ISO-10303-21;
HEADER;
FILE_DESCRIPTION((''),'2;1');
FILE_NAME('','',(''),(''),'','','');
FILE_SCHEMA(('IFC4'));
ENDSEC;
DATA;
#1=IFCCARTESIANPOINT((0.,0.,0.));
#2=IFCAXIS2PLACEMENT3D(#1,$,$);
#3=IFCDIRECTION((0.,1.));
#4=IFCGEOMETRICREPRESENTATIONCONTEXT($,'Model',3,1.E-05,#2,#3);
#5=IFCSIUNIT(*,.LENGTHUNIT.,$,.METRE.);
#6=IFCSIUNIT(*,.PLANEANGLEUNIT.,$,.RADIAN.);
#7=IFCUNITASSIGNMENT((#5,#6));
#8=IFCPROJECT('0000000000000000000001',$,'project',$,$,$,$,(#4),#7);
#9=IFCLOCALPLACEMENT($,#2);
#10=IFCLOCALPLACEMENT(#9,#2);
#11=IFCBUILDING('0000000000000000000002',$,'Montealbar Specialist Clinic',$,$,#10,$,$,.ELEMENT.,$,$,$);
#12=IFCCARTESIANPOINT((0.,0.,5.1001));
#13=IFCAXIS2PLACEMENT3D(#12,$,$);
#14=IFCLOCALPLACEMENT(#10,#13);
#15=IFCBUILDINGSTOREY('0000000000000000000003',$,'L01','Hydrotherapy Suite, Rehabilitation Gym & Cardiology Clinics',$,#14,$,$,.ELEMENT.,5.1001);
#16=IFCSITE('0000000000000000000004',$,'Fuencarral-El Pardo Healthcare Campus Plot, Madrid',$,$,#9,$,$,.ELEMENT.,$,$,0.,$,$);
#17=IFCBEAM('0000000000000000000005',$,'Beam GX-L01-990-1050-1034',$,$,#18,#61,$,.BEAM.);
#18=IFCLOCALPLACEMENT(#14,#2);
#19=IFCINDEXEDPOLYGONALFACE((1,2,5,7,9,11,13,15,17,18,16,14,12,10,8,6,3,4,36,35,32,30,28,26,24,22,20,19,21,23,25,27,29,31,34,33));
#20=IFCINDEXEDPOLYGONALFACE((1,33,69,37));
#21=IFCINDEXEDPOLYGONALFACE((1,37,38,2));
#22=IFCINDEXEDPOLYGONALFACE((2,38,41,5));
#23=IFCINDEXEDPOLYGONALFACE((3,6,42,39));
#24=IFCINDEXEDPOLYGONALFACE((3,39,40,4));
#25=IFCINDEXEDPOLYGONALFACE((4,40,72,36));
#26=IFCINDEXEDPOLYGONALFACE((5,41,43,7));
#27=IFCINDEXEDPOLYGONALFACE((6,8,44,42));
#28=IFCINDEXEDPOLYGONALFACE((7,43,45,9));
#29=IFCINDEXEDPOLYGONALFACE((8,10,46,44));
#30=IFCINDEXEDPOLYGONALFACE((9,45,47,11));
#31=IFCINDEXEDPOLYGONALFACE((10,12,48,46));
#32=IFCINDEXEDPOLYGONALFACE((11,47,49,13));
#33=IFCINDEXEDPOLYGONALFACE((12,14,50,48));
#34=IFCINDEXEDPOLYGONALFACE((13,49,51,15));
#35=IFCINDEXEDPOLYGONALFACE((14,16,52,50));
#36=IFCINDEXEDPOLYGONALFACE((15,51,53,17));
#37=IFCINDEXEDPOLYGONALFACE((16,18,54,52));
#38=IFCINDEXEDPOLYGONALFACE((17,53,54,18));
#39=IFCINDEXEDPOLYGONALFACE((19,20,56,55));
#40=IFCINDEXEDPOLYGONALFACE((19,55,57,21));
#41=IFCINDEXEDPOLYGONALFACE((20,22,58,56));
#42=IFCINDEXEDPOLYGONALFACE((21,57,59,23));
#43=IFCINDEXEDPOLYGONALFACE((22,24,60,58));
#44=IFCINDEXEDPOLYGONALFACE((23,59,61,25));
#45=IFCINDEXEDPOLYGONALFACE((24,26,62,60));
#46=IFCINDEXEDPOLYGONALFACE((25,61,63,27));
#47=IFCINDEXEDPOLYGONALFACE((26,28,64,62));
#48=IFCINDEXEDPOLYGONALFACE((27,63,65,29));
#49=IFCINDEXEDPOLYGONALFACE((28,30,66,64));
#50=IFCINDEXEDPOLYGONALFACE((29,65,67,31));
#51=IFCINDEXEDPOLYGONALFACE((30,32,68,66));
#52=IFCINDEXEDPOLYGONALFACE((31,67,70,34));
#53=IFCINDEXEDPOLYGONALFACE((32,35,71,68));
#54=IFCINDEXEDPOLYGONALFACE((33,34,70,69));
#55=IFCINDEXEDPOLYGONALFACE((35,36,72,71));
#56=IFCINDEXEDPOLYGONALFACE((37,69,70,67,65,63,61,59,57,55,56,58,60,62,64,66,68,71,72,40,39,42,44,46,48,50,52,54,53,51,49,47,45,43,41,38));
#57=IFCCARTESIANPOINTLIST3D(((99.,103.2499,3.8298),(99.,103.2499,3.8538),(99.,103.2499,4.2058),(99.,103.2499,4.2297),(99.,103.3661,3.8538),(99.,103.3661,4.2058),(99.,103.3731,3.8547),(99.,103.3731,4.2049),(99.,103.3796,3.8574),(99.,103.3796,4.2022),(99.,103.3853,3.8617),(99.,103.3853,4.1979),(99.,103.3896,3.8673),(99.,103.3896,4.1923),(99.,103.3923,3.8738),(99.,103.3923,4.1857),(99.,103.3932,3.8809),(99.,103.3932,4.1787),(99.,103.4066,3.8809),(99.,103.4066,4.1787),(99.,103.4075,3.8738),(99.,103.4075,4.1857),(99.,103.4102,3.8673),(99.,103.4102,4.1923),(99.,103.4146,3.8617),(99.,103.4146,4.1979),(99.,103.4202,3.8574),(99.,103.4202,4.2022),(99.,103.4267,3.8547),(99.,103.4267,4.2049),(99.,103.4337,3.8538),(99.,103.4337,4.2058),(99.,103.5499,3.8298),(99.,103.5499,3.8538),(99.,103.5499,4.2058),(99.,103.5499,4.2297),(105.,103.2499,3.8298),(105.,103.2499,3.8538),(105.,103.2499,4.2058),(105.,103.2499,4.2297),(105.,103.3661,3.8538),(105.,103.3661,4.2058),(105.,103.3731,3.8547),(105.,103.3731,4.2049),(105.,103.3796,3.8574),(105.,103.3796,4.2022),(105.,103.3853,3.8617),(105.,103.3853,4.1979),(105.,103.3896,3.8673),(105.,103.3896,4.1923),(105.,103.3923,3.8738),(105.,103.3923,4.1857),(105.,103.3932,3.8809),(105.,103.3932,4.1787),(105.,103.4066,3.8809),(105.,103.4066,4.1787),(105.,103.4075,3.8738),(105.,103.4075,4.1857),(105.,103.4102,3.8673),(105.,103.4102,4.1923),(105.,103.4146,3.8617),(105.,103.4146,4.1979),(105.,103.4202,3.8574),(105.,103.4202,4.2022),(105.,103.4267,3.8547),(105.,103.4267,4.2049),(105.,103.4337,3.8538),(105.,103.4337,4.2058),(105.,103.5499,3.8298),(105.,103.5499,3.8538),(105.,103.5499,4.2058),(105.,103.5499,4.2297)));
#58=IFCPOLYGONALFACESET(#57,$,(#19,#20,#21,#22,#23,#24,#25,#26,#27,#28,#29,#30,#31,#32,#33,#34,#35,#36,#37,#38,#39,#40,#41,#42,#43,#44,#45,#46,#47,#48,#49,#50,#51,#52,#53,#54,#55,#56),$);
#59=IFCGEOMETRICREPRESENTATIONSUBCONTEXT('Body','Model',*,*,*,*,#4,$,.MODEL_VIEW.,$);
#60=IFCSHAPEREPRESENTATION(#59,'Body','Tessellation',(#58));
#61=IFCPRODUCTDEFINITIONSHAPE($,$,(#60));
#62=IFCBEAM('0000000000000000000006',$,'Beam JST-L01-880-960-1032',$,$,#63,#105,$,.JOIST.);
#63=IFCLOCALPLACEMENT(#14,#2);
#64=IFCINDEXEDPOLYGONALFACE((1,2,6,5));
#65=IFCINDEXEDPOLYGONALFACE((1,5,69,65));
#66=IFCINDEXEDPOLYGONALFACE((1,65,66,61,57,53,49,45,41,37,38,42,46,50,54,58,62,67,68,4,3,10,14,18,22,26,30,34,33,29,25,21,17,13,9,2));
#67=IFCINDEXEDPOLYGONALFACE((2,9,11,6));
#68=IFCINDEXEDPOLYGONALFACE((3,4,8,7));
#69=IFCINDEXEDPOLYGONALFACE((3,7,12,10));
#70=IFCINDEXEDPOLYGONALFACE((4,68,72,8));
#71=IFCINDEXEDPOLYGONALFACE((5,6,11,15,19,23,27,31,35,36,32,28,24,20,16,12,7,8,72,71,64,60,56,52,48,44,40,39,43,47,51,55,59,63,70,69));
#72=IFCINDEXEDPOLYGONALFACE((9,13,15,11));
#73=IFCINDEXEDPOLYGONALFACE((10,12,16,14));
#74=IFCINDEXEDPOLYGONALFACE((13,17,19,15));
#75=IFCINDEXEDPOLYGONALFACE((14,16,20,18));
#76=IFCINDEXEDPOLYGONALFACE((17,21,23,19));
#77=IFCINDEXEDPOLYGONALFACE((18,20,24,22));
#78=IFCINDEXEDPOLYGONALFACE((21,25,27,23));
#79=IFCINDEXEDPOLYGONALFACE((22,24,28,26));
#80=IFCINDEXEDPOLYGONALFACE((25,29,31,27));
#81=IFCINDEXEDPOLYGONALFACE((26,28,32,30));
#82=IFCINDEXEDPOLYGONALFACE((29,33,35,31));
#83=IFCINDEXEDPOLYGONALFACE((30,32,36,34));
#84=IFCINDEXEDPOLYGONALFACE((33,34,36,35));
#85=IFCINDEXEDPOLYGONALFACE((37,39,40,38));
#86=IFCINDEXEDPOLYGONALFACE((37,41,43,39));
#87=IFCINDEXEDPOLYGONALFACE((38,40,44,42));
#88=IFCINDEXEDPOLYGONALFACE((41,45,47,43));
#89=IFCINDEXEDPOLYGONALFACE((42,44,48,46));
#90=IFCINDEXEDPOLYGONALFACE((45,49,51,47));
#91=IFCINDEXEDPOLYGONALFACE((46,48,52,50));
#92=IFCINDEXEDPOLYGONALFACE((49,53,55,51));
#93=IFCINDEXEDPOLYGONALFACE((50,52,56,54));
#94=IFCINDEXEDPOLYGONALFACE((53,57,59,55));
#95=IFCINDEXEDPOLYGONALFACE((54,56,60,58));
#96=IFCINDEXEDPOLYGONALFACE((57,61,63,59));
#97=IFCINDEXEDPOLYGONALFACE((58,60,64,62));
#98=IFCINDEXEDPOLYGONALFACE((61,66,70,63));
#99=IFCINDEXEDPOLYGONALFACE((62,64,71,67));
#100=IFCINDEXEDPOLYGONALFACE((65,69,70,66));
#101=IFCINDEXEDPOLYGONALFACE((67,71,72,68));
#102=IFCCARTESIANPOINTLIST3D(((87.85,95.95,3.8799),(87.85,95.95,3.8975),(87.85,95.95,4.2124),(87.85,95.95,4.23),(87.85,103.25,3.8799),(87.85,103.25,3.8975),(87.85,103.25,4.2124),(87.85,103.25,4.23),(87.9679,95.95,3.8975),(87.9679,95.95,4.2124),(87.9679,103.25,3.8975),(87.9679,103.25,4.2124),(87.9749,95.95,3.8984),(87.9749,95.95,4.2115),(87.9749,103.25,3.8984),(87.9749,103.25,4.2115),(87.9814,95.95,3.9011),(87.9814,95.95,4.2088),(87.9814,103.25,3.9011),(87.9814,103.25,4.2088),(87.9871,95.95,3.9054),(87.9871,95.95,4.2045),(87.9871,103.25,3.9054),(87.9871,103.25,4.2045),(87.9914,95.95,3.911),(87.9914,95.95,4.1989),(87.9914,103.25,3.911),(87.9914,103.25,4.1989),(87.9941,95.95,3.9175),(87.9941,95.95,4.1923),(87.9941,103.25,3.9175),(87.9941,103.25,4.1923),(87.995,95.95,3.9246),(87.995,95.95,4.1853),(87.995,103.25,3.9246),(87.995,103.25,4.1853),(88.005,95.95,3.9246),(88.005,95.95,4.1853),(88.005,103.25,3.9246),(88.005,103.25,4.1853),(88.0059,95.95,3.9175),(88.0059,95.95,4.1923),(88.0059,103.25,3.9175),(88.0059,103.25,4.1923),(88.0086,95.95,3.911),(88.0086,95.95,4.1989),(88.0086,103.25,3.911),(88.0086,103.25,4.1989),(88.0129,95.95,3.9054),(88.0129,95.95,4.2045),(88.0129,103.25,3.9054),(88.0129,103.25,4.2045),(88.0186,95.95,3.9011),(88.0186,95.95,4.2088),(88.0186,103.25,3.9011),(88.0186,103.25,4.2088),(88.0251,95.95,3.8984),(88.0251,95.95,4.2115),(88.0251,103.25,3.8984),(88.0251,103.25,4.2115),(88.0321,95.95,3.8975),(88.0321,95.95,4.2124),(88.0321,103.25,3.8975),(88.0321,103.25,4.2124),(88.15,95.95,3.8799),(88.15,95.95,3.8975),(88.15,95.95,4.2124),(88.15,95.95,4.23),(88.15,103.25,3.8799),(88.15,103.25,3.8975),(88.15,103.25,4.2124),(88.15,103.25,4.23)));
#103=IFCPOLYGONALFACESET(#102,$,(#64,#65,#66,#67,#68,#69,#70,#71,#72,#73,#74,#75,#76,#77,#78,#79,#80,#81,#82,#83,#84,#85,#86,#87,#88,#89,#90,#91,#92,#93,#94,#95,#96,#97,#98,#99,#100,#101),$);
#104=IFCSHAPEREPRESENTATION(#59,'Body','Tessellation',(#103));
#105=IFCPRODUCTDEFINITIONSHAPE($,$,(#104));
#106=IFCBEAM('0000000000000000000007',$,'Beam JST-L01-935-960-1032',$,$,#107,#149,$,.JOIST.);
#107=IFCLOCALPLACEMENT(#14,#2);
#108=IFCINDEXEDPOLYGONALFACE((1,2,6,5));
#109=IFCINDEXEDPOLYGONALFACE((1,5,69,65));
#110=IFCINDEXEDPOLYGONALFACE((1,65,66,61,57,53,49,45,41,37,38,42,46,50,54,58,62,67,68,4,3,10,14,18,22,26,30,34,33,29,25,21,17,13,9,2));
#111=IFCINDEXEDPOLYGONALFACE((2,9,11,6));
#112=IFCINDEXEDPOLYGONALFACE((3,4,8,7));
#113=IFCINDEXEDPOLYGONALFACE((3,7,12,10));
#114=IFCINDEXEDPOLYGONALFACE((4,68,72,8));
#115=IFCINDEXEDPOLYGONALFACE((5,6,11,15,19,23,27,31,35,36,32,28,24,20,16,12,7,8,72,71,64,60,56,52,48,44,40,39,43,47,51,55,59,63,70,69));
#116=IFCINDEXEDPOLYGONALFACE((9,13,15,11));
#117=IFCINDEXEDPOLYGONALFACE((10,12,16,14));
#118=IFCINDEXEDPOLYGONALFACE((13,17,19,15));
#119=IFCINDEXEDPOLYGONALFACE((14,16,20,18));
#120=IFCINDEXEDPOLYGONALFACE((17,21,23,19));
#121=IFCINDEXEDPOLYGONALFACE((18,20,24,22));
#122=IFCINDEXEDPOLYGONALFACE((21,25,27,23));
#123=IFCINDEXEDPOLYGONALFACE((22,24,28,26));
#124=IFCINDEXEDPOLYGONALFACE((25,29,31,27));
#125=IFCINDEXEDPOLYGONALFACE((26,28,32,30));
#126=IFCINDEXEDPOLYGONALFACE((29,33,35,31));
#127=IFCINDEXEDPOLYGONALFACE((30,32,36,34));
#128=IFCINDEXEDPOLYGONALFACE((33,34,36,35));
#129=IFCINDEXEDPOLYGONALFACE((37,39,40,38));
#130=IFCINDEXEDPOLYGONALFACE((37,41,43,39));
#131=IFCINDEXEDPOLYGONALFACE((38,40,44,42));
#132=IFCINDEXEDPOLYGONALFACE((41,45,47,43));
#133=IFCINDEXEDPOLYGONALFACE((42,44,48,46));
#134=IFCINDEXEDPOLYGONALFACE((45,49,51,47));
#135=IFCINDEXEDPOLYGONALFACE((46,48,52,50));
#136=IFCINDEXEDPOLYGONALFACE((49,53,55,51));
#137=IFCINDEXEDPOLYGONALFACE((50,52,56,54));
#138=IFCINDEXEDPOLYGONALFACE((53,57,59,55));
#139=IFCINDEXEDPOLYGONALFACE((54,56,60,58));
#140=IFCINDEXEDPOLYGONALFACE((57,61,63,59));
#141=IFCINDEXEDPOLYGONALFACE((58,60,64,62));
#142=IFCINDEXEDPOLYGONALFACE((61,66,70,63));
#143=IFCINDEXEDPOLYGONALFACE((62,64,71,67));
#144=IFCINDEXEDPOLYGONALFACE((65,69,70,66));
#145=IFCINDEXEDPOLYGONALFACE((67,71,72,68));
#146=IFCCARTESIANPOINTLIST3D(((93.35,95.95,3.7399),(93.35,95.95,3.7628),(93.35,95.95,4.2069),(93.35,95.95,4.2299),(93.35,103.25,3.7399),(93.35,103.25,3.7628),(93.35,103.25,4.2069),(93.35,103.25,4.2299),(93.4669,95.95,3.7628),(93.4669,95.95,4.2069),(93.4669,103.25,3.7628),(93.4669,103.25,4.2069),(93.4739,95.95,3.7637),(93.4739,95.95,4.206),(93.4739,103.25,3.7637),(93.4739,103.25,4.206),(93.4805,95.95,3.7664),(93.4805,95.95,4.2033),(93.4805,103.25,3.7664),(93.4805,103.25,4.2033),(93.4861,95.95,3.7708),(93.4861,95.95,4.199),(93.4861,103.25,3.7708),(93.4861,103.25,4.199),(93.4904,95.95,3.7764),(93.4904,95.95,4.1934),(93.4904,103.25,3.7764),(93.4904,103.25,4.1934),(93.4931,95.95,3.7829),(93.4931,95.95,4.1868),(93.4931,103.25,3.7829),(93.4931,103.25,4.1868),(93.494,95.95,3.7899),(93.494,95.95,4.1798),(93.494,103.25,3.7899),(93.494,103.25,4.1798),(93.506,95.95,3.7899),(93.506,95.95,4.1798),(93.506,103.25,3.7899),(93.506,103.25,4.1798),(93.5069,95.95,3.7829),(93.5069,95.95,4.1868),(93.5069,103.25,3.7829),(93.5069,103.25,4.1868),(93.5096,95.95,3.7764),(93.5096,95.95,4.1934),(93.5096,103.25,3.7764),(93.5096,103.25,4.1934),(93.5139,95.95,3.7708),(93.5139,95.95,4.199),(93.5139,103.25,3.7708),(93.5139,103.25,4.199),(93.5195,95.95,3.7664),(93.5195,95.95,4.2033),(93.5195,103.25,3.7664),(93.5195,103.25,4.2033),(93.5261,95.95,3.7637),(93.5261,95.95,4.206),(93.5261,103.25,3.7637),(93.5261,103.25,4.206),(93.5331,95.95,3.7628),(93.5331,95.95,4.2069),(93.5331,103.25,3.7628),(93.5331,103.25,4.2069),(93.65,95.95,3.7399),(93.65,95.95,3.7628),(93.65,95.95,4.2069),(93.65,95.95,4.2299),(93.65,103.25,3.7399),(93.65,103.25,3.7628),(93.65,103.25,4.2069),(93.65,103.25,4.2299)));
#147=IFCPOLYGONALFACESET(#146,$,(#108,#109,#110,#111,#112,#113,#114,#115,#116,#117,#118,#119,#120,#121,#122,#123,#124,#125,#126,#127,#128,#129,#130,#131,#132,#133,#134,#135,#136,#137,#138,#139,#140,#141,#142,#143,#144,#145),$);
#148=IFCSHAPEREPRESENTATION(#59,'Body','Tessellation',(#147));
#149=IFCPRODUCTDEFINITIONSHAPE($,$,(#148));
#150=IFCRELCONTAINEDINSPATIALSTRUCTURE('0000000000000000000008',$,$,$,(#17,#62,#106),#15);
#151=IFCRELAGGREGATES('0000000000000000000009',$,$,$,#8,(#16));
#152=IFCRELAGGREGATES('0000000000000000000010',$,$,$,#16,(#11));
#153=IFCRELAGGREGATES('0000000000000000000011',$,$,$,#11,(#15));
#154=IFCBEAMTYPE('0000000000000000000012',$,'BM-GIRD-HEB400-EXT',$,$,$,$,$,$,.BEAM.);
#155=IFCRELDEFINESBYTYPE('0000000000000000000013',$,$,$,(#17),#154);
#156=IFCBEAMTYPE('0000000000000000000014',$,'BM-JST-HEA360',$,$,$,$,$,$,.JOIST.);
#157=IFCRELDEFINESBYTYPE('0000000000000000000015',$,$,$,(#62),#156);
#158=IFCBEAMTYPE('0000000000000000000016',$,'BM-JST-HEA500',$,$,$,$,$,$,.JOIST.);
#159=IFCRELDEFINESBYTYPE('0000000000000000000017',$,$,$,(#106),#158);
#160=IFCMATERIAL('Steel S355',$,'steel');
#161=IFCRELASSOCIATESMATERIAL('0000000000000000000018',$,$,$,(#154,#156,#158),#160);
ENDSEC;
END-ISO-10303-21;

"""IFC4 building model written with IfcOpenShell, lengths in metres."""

from ifc_helpers import new_model, si_unit, direction, frame, origin, origin_2d, place, context, subcontext, project, spatial, i_section, extrude, material, material_profile, profile_set, type_object, element, save


model = new_model("IFC4")

# Units and contexts
model_context = context("Model", 3, precision=1e-05, world=origin(), true_north=direction((0.0, 1.0)))
body_context = subcontext(model_context, "Body", "Model", "MODEL_VIEW")
ifc_project = project(units=[si_unit("LENGTHUNIT", "METRE"), si_unit("PLANEANGLEUNIT", "RADIAN")], contexts=[model_context])

# Site, building, storey
site_placement = place(None, origin())
site = spatial("IfcSite", under=ifc_project, at=site_placement, Name="Fuencarral-El Pardo Healthcare Campus Plot, Madrid", CompositionType="ELEMENT", RefElevation=0.0)
building_placement = place(site_placement, origin())
building = spatial("IfcBuilding", under=site, at=building_placement, Name="Montealbar Specialist Clinic", CompositionType="ELEMENT")
storey_placement = place(building_placement, frame((0.0, 0.0, 5.1001)))
storey = spatial("IfcBuildingStorey", under=building, at=storey_placement, Name="L01", Description="Hydrotherapy Suite, Rehabilitation Gym & Cardiology Clinics", CompositionType="ELEMENT", Elevation=5.1001)

# Shared definitions
ifc_material_1 = material(Name="Steel S355", Category="steel")

# Beams
ifc_material_profile_1 = material_profile(ifc_material_1, i_section(OverallWidth=0.3, OverallDepth=0.3999, WebThickness=0.0134, FlangeThickness=0.0239, FilletRadius=0.0271, at=origin_2d()), Name="HEB 400", Category="steel")
ifc_profile_set_1 = profile_set([ifc_material_profile_1], Name="Steel S355")
beam_type_1 = type_object("IfcBeamType", Name="BM-GIRD-HEB400-EXT", PredefinedType="BEAM", material=ifc_profile_set_1)
beam_1_placement = place(storey_placement, frame((99.0, 103.3999, 4.0298), z_axis=(1.0, 0.0, 0.0), x_axis=(0.0, 1.0, 0.0)))
element("IfcBeam", 1, at=beam_1_placement, inside=storey, type_object=beam_type_1, Name="Beam GX-L01-990-1050-1034", PredefinedType="BEAM", context=body_context, shape_type="SweptSolid", body=[
    extrude(i_section(OverallWidth=0.3, OverallDepth=0.3999, WebThickness=0.0134, FlangeThickness=0.0239, FilletRadius=0.0271, at=origin_2d()), origin(), (0.0, 0.0, 1.0), 6.0),
])
ifc_material_profile_2 = material_profile(ifc_material_1, i_section(OverallWidth=0.3, OverallDepth=0.3501, WebThickness=0.01, FlangeThickness=0.0176, FilletRadius=0.0271, at=origin_2d()), Name="HEA 360", Category="steel")
ifc_profile_set_2 = profile_set([ifc_material_profile_2], Name="Steel S355")
beam_type_2 = type_object("IfcBeamType", Name="BM-JST-HEA360", PredefinedType="JOIST", material=ifc_profile_set_2)
beam_2_placement = place(storey_placement, frame((88.0, 95.95, 4.0549), z_axis=(0.0, 1.0, 0.0), x_axis=(-1.0, 0.0, 0.0)))
element("IfcBeam", 2, at=beam_2_placement, inside=storey, type_object=beam_type_2, Name="Beam JST-L01-880-960-1032", PredefinedType="JOIST", context=body_context, shape_type="SweptSolid", body=[
    extrude(i_section(OverallWidth=0.3, OverallDepth=0.3501, WebThickness=0.01, FlangeThickness=0.0176, FilletRadius=0.0271, at=origin_2d()), origin(), (0.0, 0.0, 1.0), 7.3),
])
ifc_material_profile_3 = material_profile(ifc_material_1, i_section(OverallWidth=0.3, OverallDepth=0.49, WebThickness=0.012, FlangeThickness=0.0229, FilletRadius=0.0271, at=origin_2d()), Name="HEA 500", Category="steel")
ifc_profile_set_3 = profile_set([ifc_material_profile_3], Name="Steel S355")
beam_type_3 = type_object("IfcBeamType", Name="BM-JST-HEA500", PredefinedType="JOIST", material=ifc_profile_set_3)
beam_3_placement = place(storey_placement, frame((93.5, 95.95, 3.9849), z_axis=(0.0, 1.0, 0.0), x_axis=(-1.0, 0.0, 0.0)))
element("IfcBeam", 3, at=beam_3_placement, inside=storey, type_object=beam_type_3, Name="Beam JST-L01-935-960-1032", PredefinedType="JOIST", context=body_context, shape_type="SweptSolid", body=[
    extrude(i_section(OverallWidth=0.3, OverallDepth=0.49, WebThickness=0.012, FlangeThickness=0.0229, FilletRadius=0.0271, at=origin_2d()), origin(), (0.0, 0.0, 1.0), 7.3),
])

save(model, "model.ifc")
